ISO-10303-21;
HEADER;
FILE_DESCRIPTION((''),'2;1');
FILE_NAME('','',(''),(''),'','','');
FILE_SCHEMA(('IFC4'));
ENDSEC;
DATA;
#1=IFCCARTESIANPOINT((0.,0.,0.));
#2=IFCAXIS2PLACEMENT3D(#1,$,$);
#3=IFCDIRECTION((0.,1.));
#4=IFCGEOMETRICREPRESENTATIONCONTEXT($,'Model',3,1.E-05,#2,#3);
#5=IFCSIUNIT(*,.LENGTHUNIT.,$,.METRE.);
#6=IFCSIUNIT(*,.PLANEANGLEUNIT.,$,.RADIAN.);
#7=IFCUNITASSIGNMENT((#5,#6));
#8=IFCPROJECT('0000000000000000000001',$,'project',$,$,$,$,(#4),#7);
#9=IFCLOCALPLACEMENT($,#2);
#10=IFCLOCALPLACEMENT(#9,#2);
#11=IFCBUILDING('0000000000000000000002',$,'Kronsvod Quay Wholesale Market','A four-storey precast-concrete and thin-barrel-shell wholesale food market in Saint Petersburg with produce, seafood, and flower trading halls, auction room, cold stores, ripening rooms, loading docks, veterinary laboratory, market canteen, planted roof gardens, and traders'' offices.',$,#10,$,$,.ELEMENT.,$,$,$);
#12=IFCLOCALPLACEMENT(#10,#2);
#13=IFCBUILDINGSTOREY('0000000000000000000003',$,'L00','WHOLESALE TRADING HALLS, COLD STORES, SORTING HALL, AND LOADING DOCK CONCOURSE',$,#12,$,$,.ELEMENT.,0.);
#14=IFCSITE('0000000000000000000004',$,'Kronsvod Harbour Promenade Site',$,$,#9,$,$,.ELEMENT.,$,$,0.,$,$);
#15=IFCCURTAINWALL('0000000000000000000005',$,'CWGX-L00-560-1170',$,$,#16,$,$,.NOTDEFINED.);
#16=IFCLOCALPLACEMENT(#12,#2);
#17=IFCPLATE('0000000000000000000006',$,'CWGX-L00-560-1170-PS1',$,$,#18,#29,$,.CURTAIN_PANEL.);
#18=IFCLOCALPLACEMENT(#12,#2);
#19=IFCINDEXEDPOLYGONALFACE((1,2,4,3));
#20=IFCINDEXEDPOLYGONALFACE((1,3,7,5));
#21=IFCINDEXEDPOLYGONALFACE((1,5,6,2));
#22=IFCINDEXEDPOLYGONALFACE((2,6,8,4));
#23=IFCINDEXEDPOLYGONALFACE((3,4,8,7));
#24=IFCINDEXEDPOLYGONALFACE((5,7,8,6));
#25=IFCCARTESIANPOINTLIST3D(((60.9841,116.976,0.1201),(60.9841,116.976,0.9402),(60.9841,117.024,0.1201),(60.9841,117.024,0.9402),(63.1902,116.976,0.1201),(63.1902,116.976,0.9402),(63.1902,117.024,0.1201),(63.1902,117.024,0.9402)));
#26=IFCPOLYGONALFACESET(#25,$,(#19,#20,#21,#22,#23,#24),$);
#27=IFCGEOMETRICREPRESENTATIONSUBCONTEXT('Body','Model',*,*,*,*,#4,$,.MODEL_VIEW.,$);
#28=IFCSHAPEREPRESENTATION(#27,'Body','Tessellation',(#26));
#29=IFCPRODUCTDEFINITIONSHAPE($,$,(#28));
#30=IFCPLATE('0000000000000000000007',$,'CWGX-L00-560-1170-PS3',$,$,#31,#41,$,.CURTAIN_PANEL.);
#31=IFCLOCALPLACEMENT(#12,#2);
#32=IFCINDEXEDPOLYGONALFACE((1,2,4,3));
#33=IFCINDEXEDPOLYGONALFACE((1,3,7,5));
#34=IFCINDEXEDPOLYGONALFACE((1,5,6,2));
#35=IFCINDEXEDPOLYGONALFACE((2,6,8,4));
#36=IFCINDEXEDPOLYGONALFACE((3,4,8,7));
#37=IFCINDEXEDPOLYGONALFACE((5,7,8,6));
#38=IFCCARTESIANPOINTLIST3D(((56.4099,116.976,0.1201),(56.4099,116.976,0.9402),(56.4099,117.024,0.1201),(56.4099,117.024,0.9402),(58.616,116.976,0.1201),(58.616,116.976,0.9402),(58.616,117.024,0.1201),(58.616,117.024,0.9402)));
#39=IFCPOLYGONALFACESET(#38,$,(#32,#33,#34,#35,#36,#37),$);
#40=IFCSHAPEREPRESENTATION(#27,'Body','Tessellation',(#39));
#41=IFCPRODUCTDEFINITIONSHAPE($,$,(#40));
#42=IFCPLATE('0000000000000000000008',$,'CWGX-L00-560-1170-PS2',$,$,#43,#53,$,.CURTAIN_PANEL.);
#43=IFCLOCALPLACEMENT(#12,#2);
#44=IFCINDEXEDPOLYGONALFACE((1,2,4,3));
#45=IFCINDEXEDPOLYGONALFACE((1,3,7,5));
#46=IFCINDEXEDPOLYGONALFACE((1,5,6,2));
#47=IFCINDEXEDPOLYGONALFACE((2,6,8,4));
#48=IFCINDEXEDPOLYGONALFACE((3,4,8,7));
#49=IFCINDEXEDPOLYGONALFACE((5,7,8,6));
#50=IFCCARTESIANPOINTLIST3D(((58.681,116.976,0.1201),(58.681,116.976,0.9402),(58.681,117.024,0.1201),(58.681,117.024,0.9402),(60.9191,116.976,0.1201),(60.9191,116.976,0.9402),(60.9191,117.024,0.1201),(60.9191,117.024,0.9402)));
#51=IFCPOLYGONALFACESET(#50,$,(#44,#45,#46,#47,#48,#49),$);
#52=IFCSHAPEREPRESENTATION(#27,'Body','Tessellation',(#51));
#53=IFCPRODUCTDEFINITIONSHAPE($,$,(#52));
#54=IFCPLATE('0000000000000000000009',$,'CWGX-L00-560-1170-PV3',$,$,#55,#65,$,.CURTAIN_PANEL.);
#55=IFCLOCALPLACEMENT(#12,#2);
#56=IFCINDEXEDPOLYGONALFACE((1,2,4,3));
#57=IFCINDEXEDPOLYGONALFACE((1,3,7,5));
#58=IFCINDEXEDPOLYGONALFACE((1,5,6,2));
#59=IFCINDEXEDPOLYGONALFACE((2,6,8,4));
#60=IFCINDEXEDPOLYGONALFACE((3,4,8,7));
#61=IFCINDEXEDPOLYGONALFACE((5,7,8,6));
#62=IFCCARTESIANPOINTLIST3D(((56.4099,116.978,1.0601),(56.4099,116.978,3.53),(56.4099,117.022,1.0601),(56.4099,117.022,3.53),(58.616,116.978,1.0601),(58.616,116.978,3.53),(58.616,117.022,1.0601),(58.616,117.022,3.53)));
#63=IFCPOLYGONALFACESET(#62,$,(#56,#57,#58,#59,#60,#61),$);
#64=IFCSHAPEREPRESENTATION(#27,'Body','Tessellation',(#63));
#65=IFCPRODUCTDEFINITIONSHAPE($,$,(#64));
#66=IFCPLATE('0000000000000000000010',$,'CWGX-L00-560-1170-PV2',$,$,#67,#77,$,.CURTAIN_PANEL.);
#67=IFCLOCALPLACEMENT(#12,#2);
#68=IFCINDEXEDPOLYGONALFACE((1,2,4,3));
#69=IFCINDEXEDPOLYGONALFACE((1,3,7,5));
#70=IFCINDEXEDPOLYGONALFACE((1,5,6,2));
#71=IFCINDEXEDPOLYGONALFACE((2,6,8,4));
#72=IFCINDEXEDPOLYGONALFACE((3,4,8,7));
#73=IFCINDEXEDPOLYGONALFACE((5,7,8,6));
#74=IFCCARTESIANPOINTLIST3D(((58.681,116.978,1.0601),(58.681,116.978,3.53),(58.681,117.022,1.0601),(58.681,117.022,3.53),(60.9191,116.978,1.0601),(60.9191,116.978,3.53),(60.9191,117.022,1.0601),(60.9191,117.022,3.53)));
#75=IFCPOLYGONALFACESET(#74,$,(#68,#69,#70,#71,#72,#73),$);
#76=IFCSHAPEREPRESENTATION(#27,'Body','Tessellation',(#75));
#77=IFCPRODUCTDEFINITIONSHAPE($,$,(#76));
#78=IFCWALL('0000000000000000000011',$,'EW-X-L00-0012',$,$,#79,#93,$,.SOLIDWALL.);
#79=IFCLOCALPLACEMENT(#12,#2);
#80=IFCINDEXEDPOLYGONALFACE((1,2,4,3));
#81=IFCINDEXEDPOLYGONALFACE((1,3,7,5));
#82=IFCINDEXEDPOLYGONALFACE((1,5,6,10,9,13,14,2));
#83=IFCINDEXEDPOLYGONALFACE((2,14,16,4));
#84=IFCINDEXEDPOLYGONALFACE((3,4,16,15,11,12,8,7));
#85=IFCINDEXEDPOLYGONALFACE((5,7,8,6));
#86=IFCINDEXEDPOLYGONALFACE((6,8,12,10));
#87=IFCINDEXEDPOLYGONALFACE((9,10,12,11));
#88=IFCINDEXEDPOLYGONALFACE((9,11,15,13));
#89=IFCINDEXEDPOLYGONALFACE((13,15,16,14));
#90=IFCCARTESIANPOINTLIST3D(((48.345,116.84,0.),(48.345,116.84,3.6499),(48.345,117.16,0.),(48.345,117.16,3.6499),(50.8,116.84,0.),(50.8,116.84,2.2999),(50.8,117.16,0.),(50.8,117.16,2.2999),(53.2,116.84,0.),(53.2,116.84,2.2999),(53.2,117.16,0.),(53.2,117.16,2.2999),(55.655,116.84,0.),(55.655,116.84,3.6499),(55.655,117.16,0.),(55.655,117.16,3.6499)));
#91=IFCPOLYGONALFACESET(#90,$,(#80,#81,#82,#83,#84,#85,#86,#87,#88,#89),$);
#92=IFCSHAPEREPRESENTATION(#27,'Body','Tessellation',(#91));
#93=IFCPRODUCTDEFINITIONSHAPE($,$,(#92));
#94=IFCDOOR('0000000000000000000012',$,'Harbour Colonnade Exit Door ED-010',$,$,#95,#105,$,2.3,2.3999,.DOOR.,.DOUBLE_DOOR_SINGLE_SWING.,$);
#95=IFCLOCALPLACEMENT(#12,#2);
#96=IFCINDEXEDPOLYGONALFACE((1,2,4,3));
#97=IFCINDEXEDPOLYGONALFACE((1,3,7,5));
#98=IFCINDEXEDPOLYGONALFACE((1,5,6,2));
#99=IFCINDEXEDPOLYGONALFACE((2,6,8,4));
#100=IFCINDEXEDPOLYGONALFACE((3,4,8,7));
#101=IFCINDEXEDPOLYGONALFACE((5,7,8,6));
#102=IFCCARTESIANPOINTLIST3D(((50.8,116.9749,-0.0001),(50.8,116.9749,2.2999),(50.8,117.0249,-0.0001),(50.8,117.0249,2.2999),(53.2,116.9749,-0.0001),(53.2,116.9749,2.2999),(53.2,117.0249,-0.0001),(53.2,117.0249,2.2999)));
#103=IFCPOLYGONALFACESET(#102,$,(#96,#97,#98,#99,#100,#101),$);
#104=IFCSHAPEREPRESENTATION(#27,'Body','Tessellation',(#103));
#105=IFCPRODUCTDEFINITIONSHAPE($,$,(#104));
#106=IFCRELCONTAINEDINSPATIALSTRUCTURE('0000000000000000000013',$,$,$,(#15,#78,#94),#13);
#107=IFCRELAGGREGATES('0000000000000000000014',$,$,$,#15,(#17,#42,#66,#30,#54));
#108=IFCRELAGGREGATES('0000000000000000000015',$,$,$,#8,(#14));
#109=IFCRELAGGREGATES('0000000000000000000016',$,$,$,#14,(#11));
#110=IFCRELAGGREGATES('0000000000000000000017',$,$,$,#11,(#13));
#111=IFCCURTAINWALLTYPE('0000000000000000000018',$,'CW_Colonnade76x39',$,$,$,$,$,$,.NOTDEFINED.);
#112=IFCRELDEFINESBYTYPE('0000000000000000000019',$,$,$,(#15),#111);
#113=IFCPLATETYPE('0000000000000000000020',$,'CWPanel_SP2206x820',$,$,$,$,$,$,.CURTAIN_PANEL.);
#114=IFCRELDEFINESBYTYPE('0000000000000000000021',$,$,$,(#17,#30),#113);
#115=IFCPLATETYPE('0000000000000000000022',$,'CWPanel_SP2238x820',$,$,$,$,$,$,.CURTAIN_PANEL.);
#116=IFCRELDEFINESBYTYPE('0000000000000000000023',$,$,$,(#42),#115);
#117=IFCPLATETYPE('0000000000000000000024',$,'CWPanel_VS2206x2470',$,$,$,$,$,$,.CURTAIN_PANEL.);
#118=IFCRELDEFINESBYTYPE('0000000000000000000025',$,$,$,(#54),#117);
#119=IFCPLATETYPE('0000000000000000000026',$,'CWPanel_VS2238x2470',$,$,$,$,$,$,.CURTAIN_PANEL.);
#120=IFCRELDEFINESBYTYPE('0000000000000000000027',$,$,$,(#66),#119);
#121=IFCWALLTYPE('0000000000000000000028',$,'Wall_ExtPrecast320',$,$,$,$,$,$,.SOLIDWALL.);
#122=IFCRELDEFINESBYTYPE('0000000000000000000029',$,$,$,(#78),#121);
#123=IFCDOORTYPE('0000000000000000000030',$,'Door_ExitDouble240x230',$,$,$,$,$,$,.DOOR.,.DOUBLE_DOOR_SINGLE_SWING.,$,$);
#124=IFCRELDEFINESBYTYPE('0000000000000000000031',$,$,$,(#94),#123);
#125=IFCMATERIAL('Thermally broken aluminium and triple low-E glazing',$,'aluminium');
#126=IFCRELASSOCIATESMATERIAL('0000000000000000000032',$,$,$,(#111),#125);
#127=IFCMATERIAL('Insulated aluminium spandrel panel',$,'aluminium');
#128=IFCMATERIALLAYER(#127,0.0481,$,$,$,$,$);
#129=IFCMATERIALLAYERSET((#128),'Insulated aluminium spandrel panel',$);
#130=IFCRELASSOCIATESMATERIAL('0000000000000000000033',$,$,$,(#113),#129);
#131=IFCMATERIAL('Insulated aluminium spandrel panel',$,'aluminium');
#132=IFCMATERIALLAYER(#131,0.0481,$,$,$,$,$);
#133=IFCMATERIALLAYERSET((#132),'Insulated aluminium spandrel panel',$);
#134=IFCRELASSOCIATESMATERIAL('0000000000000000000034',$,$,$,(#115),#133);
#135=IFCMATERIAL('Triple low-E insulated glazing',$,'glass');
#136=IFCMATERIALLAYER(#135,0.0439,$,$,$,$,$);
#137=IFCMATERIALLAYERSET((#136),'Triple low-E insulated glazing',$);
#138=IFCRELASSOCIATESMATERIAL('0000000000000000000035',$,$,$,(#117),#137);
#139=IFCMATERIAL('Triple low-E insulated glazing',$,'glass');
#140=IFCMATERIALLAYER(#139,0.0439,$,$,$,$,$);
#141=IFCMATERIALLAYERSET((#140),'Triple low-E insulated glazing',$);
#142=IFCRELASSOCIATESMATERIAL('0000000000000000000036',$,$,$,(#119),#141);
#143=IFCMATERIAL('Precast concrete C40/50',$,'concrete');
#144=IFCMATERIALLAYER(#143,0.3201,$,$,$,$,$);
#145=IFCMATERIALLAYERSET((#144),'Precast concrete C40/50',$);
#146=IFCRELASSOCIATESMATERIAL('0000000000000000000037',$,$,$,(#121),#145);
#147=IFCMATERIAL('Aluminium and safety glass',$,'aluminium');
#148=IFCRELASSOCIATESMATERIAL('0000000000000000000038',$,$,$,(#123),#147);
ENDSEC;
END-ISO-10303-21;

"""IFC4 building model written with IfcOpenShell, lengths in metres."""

from ifc_helpers import new_model, si_unit, direction, frame, frame_2d, origin, origin_2d, place, context, subcontext, project, spatial, rectangle, extrude, material, layer, layer_set, type_object, element, fill, aggregate, save


model = new_model("IFC4")

# Units and contexts
model_context = context("Model", 3, precision=1e-05, world=origin(), true_north=direction((0.0, 1.0)))
body_context = subcontext(model_context, "Body", "Model", "MODEL_VIEW")
ifc_project = project(units=[si_unit("LENGTHUNIT", "METRE"), si_unit("PLANEANGLEUNIT", "RADIAN")], contexts=[model_context])

# Site, building, storey
site_placement = place(None, origin())
site = spatial("IfcSite", under=ifc_project, at=site_placement, Name="Kronsvod Harbour Promenade Site", CompositionType="ELEMENT", RefElevation=0.0)
building_placement = place(site_placement, origin())
building = spatial("IfcBuilding", under=site, at=building_placement, Name="Kronsvod Quay Wholesale Market", Description="A four-storey precast-concrete and thin-barrel-shell wholesale food market in Saint Petersburg with produce, seafood, and flower trading halls, auction room, cold stores, ripening rooms, loading docks, veterinary laboratory, market canteen, planted roof gardens, and traders' offices.", CompositionType="ELEMENT")
storey_placement = place(building_placement, origin())
storey = spatial("IfcBuildingStorey", under=building, at=storey_placement, Name="L00", Description="WHOLESALE TRADING HALLS, COLD STORES, SORTING HALL, AND LOADING DOCK CONCOURSE", CompositionType="ELEMENT", Elevation=0.0)

# Curtain wall, plates
ifc_material_1 = material(Name="Thermally broken aluminium and triple low-E glazing", Category="aluminium")
curtain_wall_type = type_object("IfcCurtainWallType", Name="CW_Colonnade76x39", PredefinedType="NOTDEFINED", material=ifc_material_1)
curtain_wall_placement = place(storey_placement, origin())
curtain_wall = element("IfcCurtainWall", 1, at=curtain_wall_placement, inside=storey, type_object=curtain_wall_type, Name="CWGX-L00-560-1170", PredefinedType="NOTDEFINED")
ifc_material_2 = material(Name="Insulated aluminium spandrel panel", Category="aluminium")
ifc_layer_1 = layer(ifc_material_2, 0.0481)
ifc_layer_set_1 = layer_set([ifc_layer_1], Name="Insulated aluminium spandrel panel")
plate_type_1 = type_object("IfcPlateType", Name="CWPanel_SP2206x820", PredefinedType="CURTAIN_PANEL", material=ifc_layer_set_1)
plate_1_placement = place(storey_placement, frame((62.0872, 117.0, 0.1201), z_axis=(0.0, 0.0, 1.0), x_axis=(-1.0, 0.0, 0.0)))
plate_1 = element("IfcPlate", 2, at=plate_1_placement, type_object=plate_type_1, Name="CWGX-L00-560-1170-PS1", PredefinedType="CURTAIN_PANEL", context=body_context, shape_type="SweptSolid", body=[
    extrude(rectangle(XDim=2.2061, YDim=0.0481, at=origin_2d()), origin(), (0.0, 0.0, 1.0), 0.8201),
])
plate_2_placement = place(storey_placement, frame((57.5129, 117.0, 0.1201), z_axis=(0.0, 0.0, 1.0), x_axis=(-1.0, 0.0, 0.0)))
plate_2 = element("IfcPlate", 3, at=plate_2_placement, type_object=plate_type_1, Name="CWGX-L00-560-1170-PS3", PredefinedType="CURTAIN_PANEL", context=body_context, shape_type="SweptSolid", body=[
    extrude(rectangle(XDim=2.2061, YDim=0.0481, at=origin_2d()), origin(), (0.0, 0.0, 1.0), 0.8201),
])
ifc_material_3 = material(Name="Insulated aluminium spandrel panel", Category="aluminium")
ifc_layer_2 = layer(ifc_material_3, 0.0481)
ifc_layer_set_2 = layer_set([ifc_layer_2], Name="Insulated aluminium spandrel panel")
plate_type_2 = type_object("IfcPlateType", Name="CWPanel_SP2238x820", PredefinedType="CURTAIN_PANEL", material=ifc_layer_set_2)
plate_3_placement = place(storey_placement, frame((59.8, 117.0, 0.1201), z_axis=(0.0, 0.0, 1.0), x_axis=(-1.0, 0.0, 0.0)))
plate_3 = element("IfcPlate", 4, at=plate_3_placement, type_object=plate_type_2, Name="CWGX-L00-560-1170-PS2", PredefinedType="CURTAIN_PANEL", context=body_context, shape_type="SweptSolid", body=[
    extrude(rectangle(XDim=2.238, YDim=0.0481, at=origin_2d()), origin(), (0.0, 0.0, 1.0), 0.8201),
])
ifc_material_4 = material(Name="Triple low-E insulated glazing", Category="glass")
ifc_layer_3 = layer(ifc_material_4, 0.0439)
ifc_layer_set_3 = layer_set([ifc_layer_3], Name="Triple low-E insulated glazing")
plate_type_3 = type_object("IfcPlateType", Name="CWPanel_VS2206x2470", PredefinedType="CURTAIN_PANEL", material=ifc_layer_set_3)
plate_4_placement = place(storey_placement, frame((57.5129, 117.0, 1.0601), z_axis=(0.0, 0.0, 1.0), x_axis=(-1.0, 0.0, 0.0)))
plate_4 = element("IfcPlate", 5, at=plate_4_placement, type_object=plate_type_3, Name="CWGX-L00-560-1170-PV3", PredefinedType="CURTAIN_PANEL", context=body_context, shape_type="SweptSolid", body=[
    extrude(rectangle(XDim=2.2061, YDim=0.0439, at=origin_2d()), origin(), (0.0, 0.0, 1.0), 2.47),
])
ifc_material_5 = material(Name="Triple low-E insulated glazing", Category="glass")
ifc_layer_4 = layer(ifc_material_5, 0.0439)
ifc_layer_set_4 = layer_set([ifc_layer_4], Name="Triple low-E insulated glazing")
plate_type_4 = type_object("IfcPlateType", Name="CWPanel_VS2238x2470", PredefinedType="CURTAIN_PANEL", material=ifc_layer_set_4)
plate_5_placement = place(storey_placement, frame((59.8, 117.0, 1.0601), z_axis=(0.0, 0.0, 1.0), x_axis=(-1.0, 0.0, 0.0)))
plate_5 = element("IfcPlate", 6, at=plate_5_placement, type_object=plate_type_4, Name="CWGX-L00-560-1170-PV2", PredefinedType="CURTAIN_PANEL", context=body_context, shape_type="SweptSolid", body=[
    extrude(rectangle(XDim=2.238, YDim=0.0439, at=origin_2d()), origin(), (0.0, 0.0, 1.0), 2.47),
])
aggregate(curtain_wall, [plate_1, plate_3, plate_5, plate_2, plate_4])

# Wall, opening, door
ifc_material_6 = material(Name="Precast concrete C40/50", Category="concrete")
ifc_layer_5 = layer(ifc_material_6, 0.3201)
ifc_layer_set_5 = layer_set([ifc_layer_5], Name="Precast concrete C40/50")
wall_type = type_object("IfcWallType", Name="Wall_ExtPrecast320", PredefinedType="SOLIDWALL", material=ifc_layer_set_5)
wall_placement = place(storey_placement, frame((55.655, 117.0, 0.0), z_axis=(0.0, 0.0, 1.0), x_axis=(-1.0, 0.0, 0.0)))
wall = element("IfcWall", 7, at=wall_placement, inside=storey, type_object=wall_type, Name="EW-X-L00-0012", PredefinedType="SOLIDWALL", context=body_context, shape_type="SweptSolid", body=[
    extrude(rectangle(XDim=7.3101, YDim=0.3201, at=frame_2d((3.655, 0.0))), origin(), (0.0, 0.0, 1.0), 3.6499),
])
opening_placement = place(wall_placement, frame((2.4551, 0.0, 0.0)))
opening = element("IfcOpeningElement", 8, at=opening_placement, cuts=wall, PredefinedType="OPENING", context=body_context, shape_type="SweptSolid", body=[
    extrude(rectangle(XDim=2.3999, YDim=2.3, at=frame_2d((1.2, 1.1499))), frame((0.0, 0.1699, 0.0), z_axis=(0.0, -1.0, 0.0), x_axis=(1.0, 0.0, 0.0)), (0.0, 0.0, 1.0), 0.3401),
])
ifc_material_7 = material(Name="Aluminium and safety glass", Category="aluminium")
door_type = type_object("IfcDoorType", Name="Door_ExitDouble240x230", OperationType="DOUBLE_DOOR_SINGLE_SWING", PredefinedType="DOOR", material=ifc_material_7)
door_placement = place(opening_placement, frame((2.3999, 0.0, 0.0), z_axis=(0.0, 0.0, 1.0), x_axis=(-1.0, 0.0, 0.0)))
door = element("IfcDoor", 9, at=door_placement, inside=storey, type_object=door_type, Name="Harbour Colonnade Exit Door ED-010", OperationType="DOUBLE_DOOR_SINGLE_SWING", OverallHeight=2.3, OverallWidth=2.3999, PredefinedType="DOOR", context=body_context, shape_type="SweptSolid", body=[
    extrude(rectangle(XDim=2.3999, YDim=2.3, at=frame_2d((1.2, 1.1499))), frame((0.0, 0.0249, 0.0), z_axis=(0.0, -1.0, 0.0), x_axis=(1.0, 0.0, 0.0)), (0.0, 0.0, 1.0), 0.05),
])
fill(opening, door)

save(model, "model.ifc")
